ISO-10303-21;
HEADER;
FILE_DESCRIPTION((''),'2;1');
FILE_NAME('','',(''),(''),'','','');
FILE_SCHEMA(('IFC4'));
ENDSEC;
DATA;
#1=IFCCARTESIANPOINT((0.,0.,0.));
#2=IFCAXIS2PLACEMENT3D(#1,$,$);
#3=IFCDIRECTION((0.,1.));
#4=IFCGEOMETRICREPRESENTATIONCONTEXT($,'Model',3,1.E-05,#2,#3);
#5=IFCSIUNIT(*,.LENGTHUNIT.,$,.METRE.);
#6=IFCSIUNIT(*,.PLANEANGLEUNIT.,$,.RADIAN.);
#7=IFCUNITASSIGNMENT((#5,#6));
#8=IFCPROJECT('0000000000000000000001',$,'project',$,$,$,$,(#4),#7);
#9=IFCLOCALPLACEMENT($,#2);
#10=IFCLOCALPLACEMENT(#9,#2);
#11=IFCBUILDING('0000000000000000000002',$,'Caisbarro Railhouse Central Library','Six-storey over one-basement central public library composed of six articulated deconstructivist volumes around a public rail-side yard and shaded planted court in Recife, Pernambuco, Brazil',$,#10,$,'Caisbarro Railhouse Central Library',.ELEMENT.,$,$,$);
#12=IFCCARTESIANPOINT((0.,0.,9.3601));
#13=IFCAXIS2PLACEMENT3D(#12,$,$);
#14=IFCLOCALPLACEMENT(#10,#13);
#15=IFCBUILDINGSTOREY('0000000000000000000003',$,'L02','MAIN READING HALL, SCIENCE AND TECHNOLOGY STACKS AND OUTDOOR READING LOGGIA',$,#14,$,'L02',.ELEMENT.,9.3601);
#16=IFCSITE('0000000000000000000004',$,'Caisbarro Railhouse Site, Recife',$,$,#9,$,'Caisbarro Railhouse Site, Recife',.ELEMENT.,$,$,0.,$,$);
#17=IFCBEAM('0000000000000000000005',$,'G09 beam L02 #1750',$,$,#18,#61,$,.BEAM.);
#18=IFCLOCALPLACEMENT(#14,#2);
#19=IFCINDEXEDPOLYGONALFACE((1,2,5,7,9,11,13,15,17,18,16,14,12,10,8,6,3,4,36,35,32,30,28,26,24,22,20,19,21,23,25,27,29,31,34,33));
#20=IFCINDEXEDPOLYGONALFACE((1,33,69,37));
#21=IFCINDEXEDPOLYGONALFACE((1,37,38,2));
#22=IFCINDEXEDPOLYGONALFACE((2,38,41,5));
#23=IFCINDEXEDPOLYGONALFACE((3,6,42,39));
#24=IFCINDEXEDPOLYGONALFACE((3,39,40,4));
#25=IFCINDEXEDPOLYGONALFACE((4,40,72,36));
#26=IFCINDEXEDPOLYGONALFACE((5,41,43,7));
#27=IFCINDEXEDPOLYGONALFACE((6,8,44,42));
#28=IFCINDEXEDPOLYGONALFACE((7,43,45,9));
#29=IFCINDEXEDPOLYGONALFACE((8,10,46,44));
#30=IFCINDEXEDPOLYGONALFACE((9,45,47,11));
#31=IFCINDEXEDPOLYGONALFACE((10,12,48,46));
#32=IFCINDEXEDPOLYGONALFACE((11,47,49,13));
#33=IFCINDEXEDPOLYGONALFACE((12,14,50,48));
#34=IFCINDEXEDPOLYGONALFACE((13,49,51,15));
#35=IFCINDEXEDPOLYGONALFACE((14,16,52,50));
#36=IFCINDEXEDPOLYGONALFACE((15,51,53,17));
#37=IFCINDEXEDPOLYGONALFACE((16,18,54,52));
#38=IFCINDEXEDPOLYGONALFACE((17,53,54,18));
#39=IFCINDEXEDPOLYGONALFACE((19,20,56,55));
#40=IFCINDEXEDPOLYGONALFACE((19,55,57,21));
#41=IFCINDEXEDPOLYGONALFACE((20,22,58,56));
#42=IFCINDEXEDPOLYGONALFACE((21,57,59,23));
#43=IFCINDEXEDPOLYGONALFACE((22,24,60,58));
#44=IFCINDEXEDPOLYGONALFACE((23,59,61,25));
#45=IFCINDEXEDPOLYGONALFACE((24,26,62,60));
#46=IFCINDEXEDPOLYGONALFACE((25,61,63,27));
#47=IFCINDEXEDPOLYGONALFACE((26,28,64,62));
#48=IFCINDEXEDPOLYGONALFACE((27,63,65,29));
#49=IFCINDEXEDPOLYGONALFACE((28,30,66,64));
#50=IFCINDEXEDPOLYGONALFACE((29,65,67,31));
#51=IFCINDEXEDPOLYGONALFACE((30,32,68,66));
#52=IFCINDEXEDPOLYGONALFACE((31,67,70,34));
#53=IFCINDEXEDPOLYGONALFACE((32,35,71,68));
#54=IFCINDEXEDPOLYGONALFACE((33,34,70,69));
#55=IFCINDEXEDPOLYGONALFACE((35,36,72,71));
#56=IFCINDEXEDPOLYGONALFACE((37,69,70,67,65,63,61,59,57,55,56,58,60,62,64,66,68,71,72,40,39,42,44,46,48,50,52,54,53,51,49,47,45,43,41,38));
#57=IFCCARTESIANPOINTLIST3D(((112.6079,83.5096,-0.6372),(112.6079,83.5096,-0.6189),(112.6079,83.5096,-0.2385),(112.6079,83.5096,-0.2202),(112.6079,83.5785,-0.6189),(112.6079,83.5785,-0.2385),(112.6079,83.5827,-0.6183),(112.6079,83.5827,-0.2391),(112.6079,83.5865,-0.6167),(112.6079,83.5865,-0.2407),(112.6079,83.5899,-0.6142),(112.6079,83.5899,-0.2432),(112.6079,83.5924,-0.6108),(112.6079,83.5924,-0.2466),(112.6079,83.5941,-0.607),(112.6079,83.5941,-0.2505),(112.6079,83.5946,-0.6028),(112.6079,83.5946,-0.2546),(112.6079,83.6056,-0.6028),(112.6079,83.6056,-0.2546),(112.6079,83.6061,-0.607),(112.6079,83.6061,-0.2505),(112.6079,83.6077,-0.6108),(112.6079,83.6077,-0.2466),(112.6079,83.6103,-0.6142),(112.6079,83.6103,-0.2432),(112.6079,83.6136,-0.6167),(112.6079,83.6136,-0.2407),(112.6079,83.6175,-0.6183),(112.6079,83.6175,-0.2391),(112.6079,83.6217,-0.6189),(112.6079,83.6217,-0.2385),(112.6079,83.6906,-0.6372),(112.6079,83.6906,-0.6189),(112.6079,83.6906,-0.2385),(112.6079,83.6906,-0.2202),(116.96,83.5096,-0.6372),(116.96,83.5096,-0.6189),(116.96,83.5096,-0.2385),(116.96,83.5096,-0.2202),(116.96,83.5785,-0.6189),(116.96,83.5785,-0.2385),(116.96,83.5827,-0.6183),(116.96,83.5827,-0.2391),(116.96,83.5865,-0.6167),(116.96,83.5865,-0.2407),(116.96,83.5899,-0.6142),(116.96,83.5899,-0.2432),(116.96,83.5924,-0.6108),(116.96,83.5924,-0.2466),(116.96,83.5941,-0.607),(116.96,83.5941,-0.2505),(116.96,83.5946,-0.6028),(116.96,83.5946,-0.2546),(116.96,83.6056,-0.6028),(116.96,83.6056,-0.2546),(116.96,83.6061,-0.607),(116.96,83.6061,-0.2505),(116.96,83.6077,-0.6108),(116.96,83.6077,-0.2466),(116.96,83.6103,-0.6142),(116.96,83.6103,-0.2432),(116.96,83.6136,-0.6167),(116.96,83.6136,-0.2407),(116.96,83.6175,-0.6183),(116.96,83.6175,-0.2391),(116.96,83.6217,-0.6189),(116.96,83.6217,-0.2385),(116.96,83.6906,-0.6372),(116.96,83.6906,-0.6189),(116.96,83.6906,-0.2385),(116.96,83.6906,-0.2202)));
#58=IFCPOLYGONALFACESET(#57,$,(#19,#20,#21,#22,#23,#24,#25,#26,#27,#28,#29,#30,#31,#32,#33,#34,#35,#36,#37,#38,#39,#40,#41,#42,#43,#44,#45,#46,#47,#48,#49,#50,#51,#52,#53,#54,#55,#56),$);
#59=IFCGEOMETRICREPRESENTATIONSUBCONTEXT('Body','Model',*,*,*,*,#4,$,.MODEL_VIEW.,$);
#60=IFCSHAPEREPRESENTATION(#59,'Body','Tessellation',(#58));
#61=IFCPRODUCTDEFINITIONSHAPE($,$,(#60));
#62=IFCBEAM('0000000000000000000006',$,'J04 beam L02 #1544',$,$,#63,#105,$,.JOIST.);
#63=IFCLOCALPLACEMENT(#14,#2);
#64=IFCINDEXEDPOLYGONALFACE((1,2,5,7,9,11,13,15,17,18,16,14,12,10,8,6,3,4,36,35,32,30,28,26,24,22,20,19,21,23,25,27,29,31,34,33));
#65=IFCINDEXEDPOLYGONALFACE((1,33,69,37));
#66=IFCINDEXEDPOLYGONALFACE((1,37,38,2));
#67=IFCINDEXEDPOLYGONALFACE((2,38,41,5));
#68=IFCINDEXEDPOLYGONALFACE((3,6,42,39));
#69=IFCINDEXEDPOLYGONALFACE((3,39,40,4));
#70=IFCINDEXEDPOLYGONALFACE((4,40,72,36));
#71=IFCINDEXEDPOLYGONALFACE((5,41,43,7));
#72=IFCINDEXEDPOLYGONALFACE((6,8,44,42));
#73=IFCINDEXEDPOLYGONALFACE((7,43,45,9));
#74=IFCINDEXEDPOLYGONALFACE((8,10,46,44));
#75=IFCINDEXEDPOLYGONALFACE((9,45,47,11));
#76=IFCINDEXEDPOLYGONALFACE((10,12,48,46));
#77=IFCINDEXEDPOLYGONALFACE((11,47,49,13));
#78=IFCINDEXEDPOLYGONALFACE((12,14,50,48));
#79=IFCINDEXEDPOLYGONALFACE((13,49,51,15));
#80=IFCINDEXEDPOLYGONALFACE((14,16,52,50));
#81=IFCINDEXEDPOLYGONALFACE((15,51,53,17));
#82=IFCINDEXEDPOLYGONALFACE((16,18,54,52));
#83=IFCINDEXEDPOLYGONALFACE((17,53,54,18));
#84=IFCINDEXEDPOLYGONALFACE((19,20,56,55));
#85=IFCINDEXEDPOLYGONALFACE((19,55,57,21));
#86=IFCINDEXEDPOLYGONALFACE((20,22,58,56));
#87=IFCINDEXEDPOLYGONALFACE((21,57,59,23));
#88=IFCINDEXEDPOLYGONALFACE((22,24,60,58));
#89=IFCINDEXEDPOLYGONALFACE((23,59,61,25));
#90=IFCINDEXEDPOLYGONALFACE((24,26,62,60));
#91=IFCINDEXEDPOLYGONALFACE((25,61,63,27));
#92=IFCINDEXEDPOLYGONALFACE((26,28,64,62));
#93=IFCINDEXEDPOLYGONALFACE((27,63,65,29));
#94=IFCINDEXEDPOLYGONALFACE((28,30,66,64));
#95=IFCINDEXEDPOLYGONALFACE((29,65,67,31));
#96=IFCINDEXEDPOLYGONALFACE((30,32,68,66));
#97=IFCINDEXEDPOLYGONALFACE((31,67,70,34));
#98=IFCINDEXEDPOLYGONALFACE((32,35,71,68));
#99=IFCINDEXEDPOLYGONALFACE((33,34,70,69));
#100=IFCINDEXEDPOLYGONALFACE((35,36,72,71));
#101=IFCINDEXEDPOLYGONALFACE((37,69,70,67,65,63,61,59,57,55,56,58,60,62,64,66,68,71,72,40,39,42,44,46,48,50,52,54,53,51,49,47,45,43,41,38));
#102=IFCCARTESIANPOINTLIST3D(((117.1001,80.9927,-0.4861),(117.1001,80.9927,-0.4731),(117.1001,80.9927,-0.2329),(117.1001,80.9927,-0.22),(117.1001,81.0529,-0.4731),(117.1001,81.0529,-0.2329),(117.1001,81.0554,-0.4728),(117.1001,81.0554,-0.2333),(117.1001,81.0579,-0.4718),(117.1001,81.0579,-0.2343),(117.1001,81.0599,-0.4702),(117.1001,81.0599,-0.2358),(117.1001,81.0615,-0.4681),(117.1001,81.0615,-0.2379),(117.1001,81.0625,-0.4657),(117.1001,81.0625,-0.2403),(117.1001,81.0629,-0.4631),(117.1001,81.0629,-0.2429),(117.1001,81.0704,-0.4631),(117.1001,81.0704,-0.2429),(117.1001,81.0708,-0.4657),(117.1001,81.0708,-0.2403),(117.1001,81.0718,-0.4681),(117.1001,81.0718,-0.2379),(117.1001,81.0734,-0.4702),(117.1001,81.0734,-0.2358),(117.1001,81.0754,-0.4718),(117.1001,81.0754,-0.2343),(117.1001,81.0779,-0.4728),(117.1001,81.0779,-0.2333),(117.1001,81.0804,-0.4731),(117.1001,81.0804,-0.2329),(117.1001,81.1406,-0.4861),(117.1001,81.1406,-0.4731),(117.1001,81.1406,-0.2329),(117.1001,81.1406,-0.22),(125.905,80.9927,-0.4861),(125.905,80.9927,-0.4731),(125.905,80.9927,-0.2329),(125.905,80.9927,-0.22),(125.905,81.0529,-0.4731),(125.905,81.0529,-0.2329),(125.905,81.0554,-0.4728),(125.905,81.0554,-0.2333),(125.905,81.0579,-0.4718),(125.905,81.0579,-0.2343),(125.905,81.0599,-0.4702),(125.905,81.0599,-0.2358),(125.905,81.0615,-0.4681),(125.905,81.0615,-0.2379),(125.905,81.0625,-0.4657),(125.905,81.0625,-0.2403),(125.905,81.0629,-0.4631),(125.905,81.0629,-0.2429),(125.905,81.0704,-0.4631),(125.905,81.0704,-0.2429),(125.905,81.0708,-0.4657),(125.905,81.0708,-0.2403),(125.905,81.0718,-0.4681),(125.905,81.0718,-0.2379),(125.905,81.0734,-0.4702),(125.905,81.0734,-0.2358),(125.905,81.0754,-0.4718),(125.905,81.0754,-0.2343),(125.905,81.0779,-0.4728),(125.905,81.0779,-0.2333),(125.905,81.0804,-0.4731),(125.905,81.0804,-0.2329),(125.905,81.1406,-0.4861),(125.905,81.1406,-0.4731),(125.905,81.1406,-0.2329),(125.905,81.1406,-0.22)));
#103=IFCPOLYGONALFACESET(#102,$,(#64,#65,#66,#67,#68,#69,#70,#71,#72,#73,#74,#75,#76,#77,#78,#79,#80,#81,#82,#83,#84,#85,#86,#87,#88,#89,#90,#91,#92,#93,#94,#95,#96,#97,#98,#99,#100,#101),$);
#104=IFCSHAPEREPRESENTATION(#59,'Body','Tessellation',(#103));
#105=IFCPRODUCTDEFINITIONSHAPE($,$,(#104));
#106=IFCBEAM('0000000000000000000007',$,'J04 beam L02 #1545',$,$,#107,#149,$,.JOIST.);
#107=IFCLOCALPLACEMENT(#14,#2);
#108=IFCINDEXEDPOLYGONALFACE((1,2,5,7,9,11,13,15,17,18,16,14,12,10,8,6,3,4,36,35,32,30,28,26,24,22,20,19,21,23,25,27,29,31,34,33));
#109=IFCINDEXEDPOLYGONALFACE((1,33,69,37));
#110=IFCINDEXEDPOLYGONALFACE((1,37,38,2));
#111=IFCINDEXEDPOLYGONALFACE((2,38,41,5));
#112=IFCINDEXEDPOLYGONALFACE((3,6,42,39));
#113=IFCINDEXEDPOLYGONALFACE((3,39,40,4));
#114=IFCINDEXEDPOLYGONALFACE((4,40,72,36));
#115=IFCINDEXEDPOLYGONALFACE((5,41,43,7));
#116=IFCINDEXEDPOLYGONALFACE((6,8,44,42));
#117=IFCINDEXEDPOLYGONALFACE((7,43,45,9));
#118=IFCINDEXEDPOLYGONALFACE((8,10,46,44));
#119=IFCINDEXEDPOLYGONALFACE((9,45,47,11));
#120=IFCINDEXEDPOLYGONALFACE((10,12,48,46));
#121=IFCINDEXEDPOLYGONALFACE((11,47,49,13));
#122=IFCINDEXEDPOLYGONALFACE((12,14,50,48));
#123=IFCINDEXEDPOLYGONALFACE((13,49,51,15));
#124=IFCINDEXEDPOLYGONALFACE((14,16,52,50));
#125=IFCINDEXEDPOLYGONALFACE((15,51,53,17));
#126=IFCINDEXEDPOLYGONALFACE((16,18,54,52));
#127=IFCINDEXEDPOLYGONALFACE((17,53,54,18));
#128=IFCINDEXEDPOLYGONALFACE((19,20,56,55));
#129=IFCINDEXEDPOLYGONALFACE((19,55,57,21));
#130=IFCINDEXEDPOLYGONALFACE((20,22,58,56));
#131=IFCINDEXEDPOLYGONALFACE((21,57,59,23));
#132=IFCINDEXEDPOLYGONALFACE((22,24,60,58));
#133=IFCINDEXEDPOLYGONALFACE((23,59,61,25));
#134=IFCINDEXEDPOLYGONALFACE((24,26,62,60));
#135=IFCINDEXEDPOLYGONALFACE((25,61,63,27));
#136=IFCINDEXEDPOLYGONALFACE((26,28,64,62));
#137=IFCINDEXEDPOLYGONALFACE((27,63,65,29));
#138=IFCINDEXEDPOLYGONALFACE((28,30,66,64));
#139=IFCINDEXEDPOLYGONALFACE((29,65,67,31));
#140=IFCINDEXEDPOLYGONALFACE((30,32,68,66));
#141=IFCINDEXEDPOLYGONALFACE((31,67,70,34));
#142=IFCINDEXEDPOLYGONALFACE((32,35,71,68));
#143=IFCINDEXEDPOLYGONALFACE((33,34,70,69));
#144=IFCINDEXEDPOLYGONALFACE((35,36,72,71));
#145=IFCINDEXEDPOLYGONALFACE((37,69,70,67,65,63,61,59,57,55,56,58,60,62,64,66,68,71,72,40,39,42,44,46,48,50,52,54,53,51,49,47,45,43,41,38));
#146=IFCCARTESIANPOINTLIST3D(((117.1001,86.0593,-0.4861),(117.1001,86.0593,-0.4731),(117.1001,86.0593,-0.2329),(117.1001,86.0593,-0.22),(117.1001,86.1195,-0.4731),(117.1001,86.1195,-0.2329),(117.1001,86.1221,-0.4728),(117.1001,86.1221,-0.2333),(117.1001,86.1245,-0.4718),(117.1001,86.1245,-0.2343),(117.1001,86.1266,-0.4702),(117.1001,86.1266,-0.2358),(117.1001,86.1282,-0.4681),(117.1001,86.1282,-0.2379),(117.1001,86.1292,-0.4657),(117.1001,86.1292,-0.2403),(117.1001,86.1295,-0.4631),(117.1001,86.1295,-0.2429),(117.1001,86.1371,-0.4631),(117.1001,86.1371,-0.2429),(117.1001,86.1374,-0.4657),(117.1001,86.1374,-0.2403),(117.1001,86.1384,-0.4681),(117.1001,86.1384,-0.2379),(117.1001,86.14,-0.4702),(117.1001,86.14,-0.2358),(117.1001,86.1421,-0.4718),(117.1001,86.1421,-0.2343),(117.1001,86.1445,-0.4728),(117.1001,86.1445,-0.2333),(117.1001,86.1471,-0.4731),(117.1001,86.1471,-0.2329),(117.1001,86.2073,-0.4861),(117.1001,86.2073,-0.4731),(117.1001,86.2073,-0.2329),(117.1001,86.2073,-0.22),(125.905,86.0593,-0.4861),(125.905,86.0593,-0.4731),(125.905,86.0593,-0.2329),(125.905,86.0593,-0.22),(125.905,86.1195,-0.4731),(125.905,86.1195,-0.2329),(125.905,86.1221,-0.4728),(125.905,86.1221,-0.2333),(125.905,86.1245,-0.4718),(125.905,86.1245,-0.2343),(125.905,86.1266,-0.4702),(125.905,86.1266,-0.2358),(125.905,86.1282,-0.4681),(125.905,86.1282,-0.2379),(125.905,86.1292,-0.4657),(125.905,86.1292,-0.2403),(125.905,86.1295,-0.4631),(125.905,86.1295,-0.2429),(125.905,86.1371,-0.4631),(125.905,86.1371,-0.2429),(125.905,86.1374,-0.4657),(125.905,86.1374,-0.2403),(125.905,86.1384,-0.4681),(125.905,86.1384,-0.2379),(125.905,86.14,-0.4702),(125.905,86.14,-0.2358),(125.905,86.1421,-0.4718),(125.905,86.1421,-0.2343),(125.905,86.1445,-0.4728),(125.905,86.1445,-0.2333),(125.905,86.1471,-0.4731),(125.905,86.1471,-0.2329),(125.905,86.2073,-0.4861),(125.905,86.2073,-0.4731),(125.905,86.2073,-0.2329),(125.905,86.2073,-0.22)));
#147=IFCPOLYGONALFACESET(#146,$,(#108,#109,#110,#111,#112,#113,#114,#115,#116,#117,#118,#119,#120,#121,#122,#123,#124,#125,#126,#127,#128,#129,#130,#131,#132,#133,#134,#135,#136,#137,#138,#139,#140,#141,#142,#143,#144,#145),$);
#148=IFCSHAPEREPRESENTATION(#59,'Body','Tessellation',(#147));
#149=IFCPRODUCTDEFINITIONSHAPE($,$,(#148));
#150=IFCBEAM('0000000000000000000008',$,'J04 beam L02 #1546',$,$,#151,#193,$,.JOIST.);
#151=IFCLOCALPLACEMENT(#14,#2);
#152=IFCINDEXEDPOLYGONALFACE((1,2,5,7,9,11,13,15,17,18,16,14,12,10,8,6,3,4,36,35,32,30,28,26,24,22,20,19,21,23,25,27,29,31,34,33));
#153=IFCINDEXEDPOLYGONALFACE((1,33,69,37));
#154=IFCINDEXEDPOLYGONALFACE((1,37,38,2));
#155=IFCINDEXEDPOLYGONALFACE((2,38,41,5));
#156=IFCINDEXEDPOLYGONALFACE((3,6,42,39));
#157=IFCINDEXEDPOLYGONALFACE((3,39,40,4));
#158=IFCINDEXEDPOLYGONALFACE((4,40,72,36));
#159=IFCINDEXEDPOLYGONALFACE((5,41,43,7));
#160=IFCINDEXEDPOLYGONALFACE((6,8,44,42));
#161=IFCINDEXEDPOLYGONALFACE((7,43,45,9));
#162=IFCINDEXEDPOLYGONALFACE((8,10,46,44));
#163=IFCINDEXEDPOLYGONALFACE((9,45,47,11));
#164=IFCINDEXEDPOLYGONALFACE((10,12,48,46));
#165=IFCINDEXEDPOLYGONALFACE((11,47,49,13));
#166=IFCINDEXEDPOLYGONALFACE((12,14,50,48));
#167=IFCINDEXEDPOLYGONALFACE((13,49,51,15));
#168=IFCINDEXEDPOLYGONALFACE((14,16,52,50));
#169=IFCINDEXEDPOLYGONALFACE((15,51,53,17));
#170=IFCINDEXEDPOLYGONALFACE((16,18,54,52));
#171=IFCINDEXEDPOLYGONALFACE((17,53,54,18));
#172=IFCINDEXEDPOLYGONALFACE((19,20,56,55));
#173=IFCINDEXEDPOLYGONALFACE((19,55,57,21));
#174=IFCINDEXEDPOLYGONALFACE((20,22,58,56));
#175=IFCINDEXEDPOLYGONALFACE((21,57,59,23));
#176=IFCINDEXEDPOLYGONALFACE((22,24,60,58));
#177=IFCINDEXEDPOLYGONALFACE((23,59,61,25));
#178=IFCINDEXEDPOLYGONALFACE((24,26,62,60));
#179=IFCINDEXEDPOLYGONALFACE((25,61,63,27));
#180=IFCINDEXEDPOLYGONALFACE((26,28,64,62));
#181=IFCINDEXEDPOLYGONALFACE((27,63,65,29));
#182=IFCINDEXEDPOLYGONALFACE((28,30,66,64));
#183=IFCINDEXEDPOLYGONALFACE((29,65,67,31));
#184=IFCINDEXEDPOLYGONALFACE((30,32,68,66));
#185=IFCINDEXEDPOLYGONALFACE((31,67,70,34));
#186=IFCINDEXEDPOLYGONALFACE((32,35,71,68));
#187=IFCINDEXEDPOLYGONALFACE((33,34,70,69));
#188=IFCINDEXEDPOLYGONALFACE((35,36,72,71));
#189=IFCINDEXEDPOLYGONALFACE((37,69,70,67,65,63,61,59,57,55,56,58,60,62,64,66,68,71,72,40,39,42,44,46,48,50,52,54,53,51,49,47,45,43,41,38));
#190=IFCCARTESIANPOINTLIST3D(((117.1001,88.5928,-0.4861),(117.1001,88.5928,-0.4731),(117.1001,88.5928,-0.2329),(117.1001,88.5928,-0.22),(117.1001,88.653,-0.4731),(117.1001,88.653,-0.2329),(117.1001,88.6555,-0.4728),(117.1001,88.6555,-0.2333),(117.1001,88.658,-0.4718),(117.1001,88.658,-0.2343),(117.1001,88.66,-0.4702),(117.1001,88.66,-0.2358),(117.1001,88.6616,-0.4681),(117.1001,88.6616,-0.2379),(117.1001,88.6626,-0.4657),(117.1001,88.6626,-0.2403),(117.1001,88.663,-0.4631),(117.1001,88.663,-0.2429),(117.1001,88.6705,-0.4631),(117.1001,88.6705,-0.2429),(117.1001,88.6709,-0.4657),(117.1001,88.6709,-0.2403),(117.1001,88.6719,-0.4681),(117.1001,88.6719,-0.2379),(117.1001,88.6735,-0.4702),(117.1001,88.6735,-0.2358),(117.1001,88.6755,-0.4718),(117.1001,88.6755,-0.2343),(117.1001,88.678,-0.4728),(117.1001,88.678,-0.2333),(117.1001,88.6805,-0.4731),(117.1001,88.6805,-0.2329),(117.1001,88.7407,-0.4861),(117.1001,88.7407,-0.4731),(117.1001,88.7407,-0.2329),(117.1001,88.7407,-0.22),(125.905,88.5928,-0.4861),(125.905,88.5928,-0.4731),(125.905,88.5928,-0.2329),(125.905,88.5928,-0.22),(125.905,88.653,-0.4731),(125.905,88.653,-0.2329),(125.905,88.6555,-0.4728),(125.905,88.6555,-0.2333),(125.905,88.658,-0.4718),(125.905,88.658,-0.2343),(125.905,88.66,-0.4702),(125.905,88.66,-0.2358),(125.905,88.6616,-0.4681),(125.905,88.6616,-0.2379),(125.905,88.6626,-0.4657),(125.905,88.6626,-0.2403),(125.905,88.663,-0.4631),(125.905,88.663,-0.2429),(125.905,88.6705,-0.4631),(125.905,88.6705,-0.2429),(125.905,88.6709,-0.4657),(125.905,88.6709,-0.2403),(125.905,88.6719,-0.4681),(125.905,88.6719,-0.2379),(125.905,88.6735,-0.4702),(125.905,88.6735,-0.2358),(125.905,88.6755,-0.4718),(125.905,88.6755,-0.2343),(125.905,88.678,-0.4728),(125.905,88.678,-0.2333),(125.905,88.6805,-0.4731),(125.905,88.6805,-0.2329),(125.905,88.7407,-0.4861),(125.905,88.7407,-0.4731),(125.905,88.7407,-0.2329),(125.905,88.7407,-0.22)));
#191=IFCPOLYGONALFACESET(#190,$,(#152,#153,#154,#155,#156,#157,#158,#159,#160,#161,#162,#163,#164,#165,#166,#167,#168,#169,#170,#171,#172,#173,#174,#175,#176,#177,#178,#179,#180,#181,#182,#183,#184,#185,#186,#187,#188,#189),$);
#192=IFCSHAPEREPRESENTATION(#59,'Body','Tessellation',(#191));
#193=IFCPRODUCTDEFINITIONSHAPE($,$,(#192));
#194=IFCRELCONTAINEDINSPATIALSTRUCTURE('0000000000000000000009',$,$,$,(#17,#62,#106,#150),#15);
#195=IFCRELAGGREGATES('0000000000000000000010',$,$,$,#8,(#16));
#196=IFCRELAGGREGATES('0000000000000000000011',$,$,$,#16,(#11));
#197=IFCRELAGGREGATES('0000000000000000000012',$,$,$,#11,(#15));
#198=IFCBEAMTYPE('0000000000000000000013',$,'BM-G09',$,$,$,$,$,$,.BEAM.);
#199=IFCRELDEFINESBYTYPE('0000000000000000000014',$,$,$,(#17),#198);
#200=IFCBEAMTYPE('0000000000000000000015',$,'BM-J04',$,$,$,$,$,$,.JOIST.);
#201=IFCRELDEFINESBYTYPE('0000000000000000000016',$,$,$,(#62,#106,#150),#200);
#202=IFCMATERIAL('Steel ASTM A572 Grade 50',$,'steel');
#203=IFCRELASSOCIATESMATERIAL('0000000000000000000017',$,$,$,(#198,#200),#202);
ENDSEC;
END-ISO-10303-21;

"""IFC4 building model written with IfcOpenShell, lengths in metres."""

from ifc_helpers import new_model, si_unit, direction, frame, origin, origin_2d, place, context, subcontext, project, spatial, i_section, extrude, material, material_profile, profile_set, type_object, element, save


model = new_model("IFC4")

# Units and contexts
model_context = context("Model", 3, precision=1e-05, world=origin(), true_north=direction((0.0, 1.0)))
body_context = subcontext(model_context, "Body", "Model", "MODEL_VIEW")
ifc_project = project(units=[si_unit("LENGTHUNIT", "METRE"), si_unit("PLANEANGLEUNIT", "RADIAN")], contexts=[model_context])

# Site, building, storey
site_placement = place(None, origin())
site = spatial("IfcSite", under=ifc_project, at=site_placement, Name="Caisbarro Railhouse Site, Recife", LongName="Caisbarro Railhouse Site, Recife", CompositionType="ELEMENT", RefElevation=0.0)
building_placement = place(site_placement, origin())
building = spatial("IfcBuilding", under=site, at=building_placement, Name="Caisbarro Railhouse Central Library", Description="Six-storey over one-basement central public library composed of six articulated deconstructivist volumes around a public rail-side yard and shaded planted court in Recife, Pernambuco, Brazil", LongName="Caisbarro Railhouse Central Library", CompositionType="ELEMENT")
storey_placement = place(building_placement, frame((0.0, 0.0, 9.3601)))
storey = spatial("IfcBuildingStorey", under=building, at=storey_placement, Name="L02", Description="MAIN READING HALL, SCIENCE AND TECHNOLOGY STACKS AND OUTDOOR READING LOGGIA", LongName="L02", CompositionType="ELEMENT", Elevation=9.3601)

# Shared definitions
ifc_material_1 = material(Name="Steel ASTM A572 Grade 50", Category="steel")

# Beams
ifc_material_profile_1 = material_profile(ifc_material_1, i_section(OverallWidth=0.1809, OverallDepth=0.417, WebThickness=0.011, FlangeThickness=0.0183, FilletRadius=0.0161, at=origin_2d()), Name="W410X85.0")
ifc_profile_set_1 = profile_set([ifc_material_profile_1], Name="Steel ASTM A572 Grade 50")
beam_type_1 = type_object("IfcBeamType", Name="BM-G09", PredefinedType="BEAM", material=ifc_profile_set_1)
beam_1_placement = place(storey_placement, frame((112.6079, 83.6001, -0.4287), z_axis=(1.0, 0.0, 0.0), x_axis=(0.0, 1.0, 0.0)))
element("IfcBeam", 1, at=beam_1_placement, inside=storey, type_object=beam_type_1, Name="G09 beam L02 #1750", PredefinedType="BEAM", context=body_context, shape_type="SweptSolid", body=[
    extrude(i_section(OverallWidth=0.1809, OverallDepth=0.417, WebThickness=0.011, FlangeThickness=0.0183, FilletRadius=0.0161, at=origin_2d()), origin(), (0.0, 0.0, 1.0), 4.3521),
])
ifc_material_profile_2 = material_profile(ifc_material_1, i_section(OverallWidth=0.1479, OverallDepth=0.2661, WebThickness=0.0076, FlangeThickness=0.0129, FilletRadius=0.01, at=origin_2d()), Name="W250X44.8")
ifc_profile_set_2 = profile_set([ifc_material_profile_2], Name="Steel ASTM A572 Grade 50")
beam_type_2 = type_object("IfcBeamType", Name="BM-J04", PredefinedType="JOIST", material=ifc_profile_set_2)
for number, where, z_axis, x_axis, name in (
    (2, (117.1001, 81.0667, -0.353), (1.0, 0.0, 0.0), (0.0, 1.0, 0.0), "J04 beam L02 #1544"),
    (3, (117.1001, 86.1333, -0.353), (1.0, 0.0, 0.0), (0.0, 1.0, 0.0), "J04 beam L02 #1545"),
    (4, (117.1001, 88.6667, -0.353), (1.0, 0.0, 0.0), (0.0, 1.0, 0.0), "J04 beam L02 #1546"),
):
    element("IfcBeam", number, at=place(storey_placement, frame(where, z_axis=z_axis, x_axis=x_axis)), inside=storey, type_object=beam_type_2, Name=name, PredefinedType="JOIST", context=body_context, shape_type="SweptSolid", body=[
        extrude(i_section(OverallWidth=0.1479, OverallDepth=0.2661, WebThickness=0.0076, FlangeThickness=0.0129, FilletRadius=0.01, at=origin_2d()), origin(), (0.0, 0.0, 1.0), 8.8049),
    ])

save(model, "model.ifc")
